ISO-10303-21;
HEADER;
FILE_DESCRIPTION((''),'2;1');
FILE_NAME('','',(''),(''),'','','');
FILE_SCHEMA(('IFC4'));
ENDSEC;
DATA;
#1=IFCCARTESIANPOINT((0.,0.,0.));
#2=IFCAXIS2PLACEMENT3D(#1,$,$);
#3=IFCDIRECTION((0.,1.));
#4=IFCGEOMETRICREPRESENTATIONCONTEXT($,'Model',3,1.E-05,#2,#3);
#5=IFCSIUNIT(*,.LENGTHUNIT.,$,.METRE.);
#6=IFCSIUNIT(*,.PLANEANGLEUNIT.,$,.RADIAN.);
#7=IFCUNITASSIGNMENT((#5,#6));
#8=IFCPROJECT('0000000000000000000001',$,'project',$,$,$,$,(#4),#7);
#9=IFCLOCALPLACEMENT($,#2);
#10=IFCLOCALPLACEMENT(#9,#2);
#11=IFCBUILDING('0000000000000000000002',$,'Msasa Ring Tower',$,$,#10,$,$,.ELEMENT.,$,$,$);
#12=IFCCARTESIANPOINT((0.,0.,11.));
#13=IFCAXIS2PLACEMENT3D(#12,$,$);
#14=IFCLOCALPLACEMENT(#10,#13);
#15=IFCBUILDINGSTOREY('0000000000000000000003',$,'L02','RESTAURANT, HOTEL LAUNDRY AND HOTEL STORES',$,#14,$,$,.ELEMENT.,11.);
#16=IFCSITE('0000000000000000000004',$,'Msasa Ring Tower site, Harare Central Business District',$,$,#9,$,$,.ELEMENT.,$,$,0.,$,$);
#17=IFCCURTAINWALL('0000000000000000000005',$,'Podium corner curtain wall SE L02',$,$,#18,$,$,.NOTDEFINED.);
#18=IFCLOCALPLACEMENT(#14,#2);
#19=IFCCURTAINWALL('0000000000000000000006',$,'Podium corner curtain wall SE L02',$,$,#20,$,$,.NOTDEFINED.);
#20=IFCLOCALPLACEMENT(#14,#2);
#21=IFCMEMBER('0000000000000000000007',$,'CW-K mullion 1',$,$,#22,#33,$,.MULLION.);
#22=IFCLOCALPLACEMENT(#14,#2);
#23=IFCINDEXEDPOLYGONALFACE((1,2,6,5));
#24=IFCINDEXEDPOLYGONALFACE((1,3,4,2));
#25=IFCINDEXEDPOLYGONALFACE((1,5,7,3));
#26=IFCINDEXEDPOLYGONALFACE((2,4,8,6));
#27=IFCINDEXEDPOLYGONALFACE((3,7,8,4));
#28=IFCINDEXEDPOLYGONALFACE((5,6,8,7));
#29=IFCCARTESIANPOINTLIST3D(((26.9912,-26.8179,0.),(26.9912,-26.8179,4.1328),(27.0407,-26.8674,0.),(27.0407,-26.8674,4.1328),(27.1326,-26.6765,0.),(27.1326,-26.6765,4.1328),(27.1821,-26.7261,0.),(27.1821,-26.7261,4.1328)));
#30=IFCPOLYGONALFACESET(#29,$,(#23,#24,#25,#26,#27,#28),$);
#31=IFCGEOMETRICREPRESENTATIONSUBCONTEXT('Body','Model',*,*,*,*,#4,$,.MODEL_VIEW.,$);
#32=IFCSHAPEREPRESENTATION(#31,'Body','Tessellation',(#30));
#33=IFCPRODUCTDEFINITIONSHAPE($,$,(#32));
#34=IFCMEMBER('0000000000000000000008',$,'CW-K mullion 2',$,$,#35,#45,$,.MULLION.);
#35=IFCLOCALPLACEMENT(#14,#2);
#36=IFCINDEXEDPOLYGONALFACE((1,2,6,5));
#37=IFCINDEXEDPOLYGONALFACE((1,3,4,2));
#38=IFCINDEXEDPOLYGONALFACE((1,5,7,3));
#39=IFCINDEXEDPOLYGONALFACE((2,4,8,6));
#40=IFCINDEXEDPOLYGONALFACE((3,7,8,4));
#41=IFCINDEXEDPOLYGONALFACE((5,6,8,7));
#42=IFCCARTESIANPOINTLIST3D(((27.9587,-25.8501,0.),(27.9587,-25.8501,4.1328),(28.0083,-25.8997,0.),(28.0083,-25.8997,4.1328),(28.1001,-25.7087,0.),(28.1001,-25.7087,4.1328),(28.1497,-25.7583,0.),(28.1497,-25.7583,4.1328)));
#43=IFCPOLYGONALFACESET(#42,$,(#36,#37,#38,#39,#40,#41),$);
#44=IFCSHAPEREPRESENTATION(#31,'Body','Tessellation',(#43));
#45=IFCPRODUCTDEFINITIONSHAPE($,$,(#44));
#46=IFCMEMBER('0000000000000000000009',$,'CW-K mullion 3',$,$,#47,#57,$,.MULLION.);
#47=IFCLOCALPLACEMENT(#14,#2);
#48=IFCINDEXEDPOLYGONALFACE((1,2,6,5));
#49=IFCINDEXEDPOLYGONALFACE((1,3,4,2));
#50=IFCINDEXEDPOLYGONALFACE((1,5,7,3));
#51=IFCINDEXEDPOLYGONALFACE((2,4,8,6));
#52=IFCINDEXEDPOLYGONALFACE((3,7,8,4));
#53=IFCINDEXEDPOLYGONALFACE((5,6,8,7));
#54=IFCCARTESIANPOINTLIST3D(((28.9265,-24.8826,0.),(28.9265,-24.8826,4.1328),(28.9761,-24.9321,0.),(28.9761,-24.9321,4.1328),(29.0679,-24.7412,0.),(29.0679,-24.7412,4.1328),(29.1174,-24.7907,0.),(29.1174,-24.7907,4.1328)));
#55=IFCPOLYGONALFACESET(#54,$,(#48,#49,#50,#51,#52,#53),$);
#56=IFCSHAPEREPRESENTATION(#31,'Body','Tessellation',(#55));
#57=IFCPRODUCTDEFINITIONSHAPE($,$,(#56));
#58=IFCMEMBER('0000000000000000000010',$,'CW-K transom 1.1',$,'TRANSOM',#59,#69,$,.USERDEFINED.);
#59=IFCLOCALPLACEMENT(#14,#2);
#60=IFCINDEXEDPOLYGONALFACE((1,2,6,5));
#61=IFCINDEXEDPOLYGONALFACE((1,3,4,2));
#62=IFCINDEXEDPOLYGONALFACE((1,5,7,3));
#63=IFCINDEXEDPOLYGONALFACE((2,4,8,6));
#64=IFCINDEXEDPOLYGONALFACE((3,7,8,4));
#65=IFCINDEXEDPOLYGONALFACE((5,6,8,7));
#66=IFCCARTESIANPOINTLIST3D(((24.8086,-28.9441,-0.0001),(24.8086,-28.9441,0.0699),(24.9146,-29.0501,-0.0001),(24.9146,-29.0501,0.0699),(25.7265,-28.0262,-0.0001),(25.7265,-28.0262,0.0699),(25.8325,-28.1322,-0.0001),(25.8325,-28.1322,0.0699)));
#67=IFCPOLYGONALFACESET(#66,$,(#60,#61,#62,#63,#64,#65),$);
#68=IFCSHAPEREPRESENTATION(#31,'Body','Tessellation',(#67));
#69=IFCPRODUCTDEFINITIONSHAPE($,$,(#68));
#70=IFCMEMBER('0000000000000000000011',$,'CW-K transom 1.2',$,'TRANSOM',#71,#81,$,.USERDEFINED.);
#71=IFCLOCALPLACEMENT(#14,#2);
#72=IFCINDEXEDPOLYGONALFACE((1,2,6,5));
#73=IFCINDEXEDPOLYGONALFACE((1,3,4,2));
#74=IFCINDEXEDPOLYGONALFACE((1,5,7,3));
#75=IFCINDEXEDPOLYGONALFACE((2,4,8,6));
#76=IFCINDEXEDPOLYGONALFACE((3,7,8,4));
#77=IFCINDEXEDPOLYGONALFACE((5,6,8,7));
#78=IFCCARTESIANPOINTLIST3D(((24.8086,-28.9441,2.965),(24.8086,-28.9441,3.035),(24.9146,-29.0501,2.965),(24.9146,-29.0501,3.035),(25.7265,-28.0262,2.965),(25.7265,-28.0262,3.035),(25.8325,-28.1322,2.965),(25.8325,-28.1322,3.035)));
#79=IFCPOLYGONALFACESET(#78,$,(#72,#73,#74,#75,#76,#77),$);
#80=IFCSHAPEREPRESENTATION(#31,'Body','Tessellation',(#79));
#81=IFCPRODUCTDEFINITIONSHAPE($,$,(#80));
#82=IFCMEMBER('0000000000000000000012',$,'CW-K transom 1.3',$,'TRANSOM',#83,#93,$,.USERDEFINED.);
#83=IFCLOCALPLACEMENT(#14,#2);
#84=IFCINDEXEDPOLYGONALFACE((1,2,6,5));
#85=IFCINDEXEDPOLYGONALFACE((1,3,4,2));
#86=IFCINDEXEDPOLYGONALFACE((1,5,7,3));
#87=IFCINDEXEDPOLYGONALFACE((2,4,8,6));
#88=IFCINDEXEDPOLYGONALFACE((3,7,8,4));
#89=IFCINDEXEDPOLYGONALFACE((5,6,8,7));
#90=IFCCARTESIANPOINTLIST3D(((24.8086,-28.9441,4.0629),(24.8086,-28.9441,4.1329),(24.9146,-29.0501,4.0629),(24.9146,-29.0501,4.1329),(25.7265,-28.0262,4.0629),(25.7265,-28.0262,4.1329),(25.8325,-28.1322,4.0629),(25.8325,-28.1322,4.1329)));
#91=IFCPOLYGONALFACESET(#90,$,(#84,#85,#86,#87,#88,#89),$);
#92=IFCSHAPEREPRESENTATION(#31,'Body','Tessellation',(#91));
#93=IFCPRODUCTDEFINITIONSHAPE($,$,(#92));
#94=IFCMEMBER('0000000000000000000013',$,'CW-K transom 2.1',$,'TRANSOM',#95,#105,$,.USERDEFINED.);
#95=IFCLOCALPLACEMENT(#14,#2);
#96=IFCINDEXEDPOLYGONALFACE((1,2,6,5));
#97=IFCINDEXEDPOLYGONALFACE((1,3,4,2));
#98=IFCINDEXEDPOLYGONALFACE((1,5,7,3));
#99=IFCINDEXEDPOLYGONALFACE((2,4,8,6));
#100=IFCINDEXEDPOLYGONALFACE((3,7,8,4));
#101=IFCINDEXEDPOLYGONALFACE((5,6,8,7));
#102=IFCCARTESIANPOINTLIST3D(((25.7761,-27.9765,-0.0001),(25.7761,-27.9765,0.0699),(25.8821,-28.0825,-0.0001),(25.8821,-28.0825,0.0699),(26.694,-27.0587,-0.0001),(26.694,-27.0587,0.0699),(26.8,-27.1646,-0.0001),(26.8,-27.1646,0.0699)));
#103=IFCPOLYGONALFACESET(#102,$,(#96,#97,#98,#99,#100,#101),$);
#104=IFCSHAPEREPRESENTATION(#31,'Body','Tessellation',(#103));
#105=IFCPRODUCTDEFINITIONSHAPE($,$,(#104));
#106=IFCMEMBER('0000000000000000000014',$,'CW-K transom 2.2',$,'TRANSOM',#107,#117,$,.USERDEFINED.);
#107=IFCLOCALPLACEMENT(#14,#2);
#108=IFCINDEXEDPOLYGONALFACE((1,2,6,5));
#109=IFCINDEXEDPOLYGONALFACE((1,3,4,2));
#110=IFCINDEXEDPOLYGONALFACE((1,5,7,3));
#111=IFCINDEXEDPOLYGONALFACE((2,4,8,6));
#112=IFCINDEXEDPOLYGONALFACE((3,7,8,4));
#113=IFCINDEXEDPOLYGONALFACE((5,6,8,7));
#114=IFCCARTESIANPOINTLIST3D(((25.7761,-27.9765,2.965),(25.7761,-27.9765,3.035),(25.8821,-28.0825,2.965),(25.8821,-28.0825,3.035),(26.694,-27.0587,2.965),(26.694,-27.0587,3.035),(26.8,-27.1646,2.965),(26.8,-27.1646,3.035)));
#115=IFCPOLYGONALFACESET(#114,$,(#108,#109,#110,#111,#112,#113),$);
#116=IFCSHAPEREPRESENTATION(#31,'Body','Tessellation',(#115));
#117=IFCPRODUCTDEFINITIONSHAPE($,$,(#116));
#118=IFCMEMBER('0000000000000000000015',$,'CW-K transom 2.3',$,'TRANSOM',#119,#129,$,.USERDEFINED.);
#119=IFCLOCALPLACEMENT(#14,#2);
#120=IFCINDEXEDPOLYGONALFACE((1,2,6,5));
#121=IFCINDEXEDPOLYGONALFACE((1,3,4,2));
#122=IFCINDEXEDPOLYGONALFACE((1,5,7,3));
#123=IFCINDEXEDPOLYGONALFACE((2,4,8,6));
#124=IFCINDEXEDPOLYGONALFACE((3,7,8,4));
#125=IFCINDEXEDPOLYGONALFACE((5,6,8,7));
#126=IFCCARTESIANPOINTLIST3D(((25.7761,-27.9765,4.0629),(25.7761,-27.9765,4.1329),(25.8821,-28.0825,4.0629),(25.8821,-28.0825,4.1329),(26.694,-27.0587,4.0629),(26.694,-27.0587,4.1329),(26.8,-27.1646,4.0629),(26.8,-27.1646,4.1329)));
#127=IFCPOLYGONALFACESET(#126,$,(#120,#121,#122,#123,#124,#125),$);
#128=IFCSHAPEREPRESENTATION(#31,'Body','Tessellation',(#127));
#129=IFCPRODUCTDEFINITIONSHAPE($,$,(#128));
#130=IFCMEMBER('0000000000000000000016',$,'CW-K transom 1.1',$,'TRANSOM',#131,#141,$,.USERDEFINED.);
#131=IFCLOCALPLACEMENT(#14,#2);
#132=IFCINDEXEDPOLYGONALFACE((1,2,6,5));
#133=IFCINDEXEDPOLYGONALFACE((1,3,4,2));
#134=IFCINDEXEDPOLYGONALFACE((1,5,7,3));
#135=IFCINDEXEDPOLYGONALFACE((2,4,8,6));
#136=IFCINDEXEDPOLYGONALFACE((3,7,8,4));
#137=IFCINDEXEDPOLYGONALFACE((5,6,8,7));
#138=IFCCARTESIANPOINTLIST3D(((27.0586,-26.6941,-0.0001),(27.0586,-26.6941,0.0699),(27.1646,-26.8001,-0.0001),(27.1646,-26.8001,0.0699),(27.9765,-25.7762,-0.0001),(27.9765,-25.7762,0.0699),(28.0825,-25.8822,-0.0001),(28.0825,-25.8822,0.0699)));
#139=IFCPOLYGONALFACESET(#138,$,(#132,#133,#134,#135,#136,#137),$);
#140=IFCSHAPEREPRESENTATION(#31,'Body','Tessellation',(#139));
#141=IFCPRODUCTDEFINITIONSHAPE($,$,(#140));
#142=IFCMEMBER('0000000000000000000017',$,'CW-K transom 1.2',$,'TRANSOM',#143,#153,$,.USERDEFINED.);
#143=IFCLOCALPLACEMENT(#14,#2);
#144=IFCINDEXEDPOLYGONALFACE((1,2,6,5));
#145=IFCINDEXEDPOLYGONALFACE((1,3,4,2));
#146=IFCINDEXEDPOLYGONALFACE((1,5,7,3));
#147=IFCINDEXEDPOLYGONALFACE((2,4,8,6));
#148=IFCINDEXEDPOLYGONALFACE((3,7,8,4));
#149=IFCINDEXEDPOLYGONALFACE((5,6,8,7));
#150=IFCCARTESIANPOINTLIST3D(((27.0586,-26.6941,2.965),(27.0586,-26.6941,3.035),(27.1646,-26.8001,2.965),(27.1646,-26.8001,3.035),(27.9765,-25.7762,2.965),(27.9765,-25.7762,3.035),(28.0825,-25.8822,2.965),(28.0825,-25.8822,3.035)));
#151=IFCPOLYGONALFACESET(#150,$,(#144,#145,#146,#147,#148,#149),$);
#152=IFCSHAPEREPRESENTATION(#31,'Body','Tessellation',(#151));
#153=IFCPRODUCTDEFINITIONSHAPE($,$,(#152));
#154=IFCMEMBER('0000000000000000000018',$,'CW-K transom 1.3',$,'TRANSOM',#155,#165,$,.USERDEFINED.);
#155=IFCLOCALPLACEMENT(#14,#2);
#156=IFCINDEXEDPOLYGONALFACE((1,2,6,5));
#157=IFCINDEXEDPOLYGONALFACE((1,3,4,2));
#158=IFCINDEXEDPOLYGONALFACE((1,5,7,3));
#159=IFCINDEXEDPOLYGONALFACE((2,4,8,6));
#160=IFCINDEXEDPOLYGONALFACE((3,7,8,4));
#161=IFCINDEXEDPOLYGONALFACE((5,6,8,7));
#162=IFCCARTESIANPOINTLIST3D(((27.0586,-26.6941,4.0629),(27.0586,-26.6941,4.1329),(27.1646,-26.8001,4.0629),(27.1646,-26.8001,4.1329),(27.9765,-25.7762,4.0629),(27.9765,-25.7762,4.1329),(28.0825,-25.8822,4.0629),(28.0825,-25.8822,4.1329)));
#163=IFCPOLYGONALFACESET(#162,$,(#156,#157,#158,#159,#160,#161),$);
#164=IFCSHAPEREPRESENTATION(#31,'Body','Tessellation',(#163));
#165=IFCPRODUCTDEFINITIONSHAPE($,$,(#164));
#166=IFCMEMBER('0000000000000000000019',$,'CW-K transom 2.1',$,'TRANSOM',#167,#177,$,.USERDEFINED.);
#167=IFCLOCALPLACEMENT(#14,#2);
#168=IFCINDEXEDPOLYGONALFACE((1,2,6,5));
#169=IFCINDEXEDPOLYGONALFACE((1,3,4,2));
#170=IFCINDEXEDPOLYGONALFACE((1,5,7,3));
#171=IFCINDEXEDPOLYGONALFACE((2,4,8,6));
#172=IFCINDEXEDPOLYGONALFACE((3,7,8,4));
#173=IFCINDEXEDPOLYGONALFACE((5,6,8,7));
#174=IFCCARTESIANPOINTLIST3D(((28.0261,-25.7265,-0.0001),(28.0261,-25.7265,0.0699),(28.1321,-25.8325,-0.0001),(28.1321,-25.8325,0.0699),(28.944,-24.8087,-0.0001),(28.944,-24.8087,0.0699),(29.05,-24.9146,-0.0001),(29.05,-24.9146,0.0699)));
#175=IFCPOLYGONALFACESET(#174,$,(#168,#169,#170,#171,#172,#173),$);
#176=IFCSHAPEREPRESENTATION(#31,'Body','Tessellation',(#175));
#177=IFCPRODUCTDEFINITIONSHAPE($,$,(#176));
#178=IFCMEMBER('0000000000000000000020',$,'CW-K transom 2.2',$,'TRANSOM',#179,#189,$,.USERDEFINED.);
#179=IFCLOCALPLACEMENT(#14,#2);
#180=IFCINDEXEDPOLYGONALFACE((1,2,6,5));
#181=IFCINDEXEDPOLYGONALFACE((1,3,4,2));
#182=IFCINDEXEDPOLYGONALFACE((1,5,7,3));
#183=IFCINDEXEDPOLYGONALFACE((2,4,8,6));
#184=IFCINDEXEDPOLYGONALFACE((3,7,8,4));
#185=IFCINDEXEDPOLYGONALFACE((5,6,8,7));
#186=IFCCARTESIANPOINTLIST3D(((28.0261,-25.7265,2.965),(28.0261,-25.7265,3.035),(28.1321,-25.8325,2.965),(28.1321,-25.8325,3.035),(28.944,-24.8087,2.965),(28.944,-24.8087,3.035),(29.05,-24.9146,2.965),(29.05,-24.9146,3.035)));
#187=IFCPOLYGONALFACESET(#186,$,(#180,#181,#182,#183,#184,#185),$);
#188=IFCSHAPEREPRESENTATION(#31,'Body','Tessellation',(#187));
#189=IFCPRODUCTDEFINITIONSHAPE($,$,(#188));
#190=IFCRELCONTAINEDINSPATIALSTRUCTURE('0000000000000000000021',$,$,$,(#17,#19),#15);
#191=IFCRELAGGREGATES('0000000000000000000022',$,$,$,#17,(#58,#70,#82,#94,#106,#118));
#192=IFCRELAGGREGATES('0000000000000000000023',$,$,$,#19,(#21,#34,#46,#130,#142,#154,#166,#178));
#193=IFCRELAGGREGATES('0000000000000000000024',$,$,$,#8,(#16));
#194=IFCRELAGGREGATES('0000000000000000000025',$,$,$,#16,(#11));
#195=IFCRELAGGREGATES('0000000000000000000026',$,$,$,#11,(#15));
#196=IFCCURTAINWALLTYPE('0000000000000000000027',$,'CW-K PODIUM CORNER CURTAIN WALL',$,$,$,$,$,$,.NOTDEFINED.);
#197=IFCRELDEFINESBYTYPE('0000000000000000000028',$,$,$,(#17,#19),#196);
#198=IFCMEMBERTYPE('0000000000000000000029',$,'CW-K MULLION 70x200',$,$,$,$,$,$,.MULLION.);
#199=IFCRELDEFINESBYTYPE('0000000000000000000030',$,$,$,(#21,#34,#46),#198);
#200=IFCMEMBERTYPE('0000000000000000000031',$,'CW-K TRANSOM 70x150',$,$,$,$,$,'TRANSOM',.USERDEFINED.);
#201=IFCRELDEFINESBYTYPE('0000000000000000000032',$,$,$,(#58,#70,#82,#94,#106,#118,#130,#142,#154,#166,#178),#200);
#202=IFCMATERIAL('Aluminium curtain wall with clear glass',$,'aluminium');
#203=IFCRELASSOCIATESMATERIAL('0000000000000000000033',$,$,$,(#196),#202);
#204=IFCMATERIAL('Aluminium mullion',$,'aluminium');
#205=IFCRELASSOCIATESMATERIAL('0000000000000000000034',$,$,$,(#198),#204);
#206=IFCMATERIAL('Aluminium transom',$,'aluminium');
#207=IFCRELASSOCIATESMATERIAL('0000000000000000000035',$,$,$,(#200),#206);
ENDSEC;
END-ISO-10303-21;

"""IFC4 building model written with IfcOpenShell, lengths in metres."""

from ifc_helpers import new_model, si_unit, direction, frame, origin, origin_2d, place, context, subcontext, project, spatial, rectangle, extrude, material, material_profile, profile_set, type_object, element, aggregate, save


model = new_model("IFC4")

# Units and contexts
model_context = context("Model", 3, precision=1e-05, world=origin(), true_north=direction((0.0, 1.0)))
body_context = subcontext(model_context, "Body", "Model", "MODEL_VIEW")
ifc_project = project(units=[si_unit("LENGTHUNIT", "METRE"), si_unit("PLANEANGLEUNIT", "RADIAN")], contexts=[model_context])

# Site, building, storey
site_placement = place(None, origin())
site = spatial("IfcSite", under=ifc_project, at=site_placement, Name="Msasa Ring Tower site, Harare Central Business District", CompositionType="ELEMENT", RefElevation=0.0)
building_placement = place(site_placement, origin())
building = spatial("IfcBuilding", under=site, at=building_placement, Name="Msasa Ring Tower", CompositionType="ELEMENT")
storey_placement = place(building_placement, frame((0.0, 0.0, 11.0)))
storey = spatial("IfcBuildingStorey", under=building, at=storey_placement, Name="L02", Description="RESTAURANT, HOTEL LAUNDRY AND HOTEL STORES", CompositionType="ELEMENT", Elevation=11.0)

# Curtain walls, members
ifc_material_1 = material(Name="Aluminium curtain wall with clear glass", Category="aluminium")
curtain_wall_type = type_object("IfcCurtainWallType", Name="CW-K PODIUM CORNER CURTAIN WALL", PredefinedType="NOTDEFINED", material=ifc_material_1)
curtain_wall_1_placement = place(storey_placement, origin())
curtain_wall_1 = element("IfcCurtainWall", 1, at=curtain_wall_1_placement, inside=storey, type_object=curtain_wall_type, Name="Podium corner curtain wall SE L02", PredefinedType="NOTDEFINED")
ifc_material_2 = material(Name="Aluminium mullion", Category="aluminium")
ifc_material_profile_1 = material_profile(ifc_material_2, rectangle(XDim=0.0701, YDim=0.2, at=origin_2d()), Name="AL 70x200")
ifc_profile_set_1 = profile_set([ifc_material_profile_1], Name="Aluminium mullion")
member_type_1 = type_object("IfcMemberType", Name="CW-K MULLION 70x200", PredefinedType="MULLION", material=ifc_profile_set_1)
curtain_wall_2_placement = place(storey_placement, origin())
curtain_wall_2 = element("IfcCurtainWall", 2, at=curtain_wall_2_placement, inside=storey, type_object=curtain_wall_type, Name="Podium corner curtain wall SE L02", PredefinedType="NOTDEFINED")
member_1_placement = place(storey_placement, frame((27.0867, -26.772, 0.0), z_axis=(0.0, 0.0, 1.0), x_axis=(-0.707107, 0.707107, 0.0)))
member_1 = element("IfcMember", 3, at=member_1_placement, type_object=member_type_1, Name="CW-K mullion 1", PredefinedType="MULLION", context=body_context, shape_type="SweptSolid", body=[
    extrude(rectangle(XDim=0.0701, YDim=0.2, at=origin_2d()), origin(), (0.0, 0.0, 1.0), 4.1328),
])
member_2_placement = place(storey_placement, frame((28.0542, -25.8042, 0.0), z_axis=(0.0, 0.0, 1.0), x_axis=(-0.707107, 0.707107, 0.0)))
member_2 = element("IfcMember", 4, at=member_2_placement, type_object=member_type_1, Name="CW-K mullion 2", PredefinedType="MULLION", context=body_context, shape_type="SweptSolid", body=[
    extrude(rectangle(XDim=0.0701, YDim=0.2, at=origin_2d()), origin(), (0.0, 0.0, 1.0), 4.1328),
])
member_3_placement = place(storey_placement, frame((29.022, -24.8367, 0.0), z_axis=(0.0, 0.0, 1.0), x_axis=(-0.707107, 0.707107, 0.0)))
member_3 = element("IfcMember", 5, at=member_3_placement, type_object=member_type_1, Name="CW-K mullion 3", PredefinedType="MULLION", context=body_context, shape_type="SweptSolid", body=[
    extrude(rectangle(XDim=0.0701, YDim=0.2, at=origin_2d()), origin(), (0.0, 0.0, 1.0), 4.1328),
])

# Members
ifc_material_3 = material(Name="Aluminium transom", Category="aluminium")
ifc_material_profile_2 = material_profile(ifc_material_3, rectangle(XDim=0.1499, YDim=0.0701, at=origin_2d()), Name="AL 70x150")
ifc_profile_set_2 = profile_set([ifc_material_profile_2], Name="Aluminium transom")
member_type_2 = type_object("IfcMemberType", Name="CW-K TRANSOM 70x150", ElementType="TRANSOM", PredefinedType="USERDEFINED", material=ifc_profile_set_2)
member_4_placement = place(storey_placement, frame((24.8616, -28.9971, 0.0349), z_axis=(0.707107, 0.707107, 0.0), x_axis=(-0.707107, 0.707107, 0.0)))
member_4 = element("IfcMember", 6, at=member_4_placement, type_object=member_type_2, Name="CW-K transom 1.1", ObjectType="TRANSOM", PredefinedType="USERDEFINED", context=body_context, shape_type="SweptSolid", body=[
    extrude(rectangle(XDim=0.1499, YDim=0.0701, at=origin_2d()), origin(), (0.0, 0.0, 1.0), 1.2981),
])
member_5_placement = place(storey_placement, frame((24.8616, -28.9971, 3.0), z_axis=(0.707107, 0.707107, 0.0), x_axis=(-0.707107, 0.707107, 0.0)))
member_5 = element("IfcMember", 7, at=member_5_placement, type_object=member_type_2, Name="CW-K transom 1.2", ObjectType="TRANSOM", PredefinedType="USERDEFINED", context=body_context, shape_type="SweptSolid", body=[
    extrude(rectangle(XDim=0.1499, YDim=0.0701, at=origin_2d()), origin(), (0.0, 0.0, 1.0), 1.2981),
])
member_6_placement = place(storey_placement, frame((24.8616, -28.9971, 4.0979), z_axis=(0.707107, 0.707107, 0.0), x_axis=(-0.707107, 0.707107, 0.0)))
member_6 = element("IfcMember", 8, at=member_6_placement, type_object=member_type_2, Name="CW-K transom 1.3", ObjectType="TRANSOM", PredefinedType="USERDEFINED", context=body_context, shape_type="SweptSolid", body=[
    extrude(rectangle(XDim=0.1499, YDim=0.0701, at=origin_2d()), origin(), (0.0, 0.0, 1.0), 1.2981),
])
member_7_placement = place(storey_placement, frame((25.8291, -28.0295, 0.0349), z_axis=(0.707107, 0.707107, 0.0), x_axis=(-0.707107, 0.707107, 0.0)))
member_7 = element("IfcMember", 9, at=member_7_placement, type_object=member_type_2, Name="CW-K transom 2.1", ObjectType="TRANSOM", PredefinedType="USERDEFINED", context=body_context, shape_type="SweptSolid", body=[
    extrude(rectangle(XDim=0.1499, YDim=0.0701, at=origin_2d()), origin(), (0.0, 0.0, 1.0), 1.2981),
])
member_8_placement = place(storey_placement, frame((25.8291, -28.0295, 3.0), z_axis=(0.707107, 0.707107, 0.0), x_axis=(-0.707107, 0.707107, 0.0)))
member_8 = element("IfcMember", 10, at=member_8_placement, type_object=member_type_2, Name="CW-K transom 2.2", ObjectType="TRANSOM", PredefinedType="USERDEFINED", context=body_context, shape_type="SweptSolid", body=[
    extrude(rectangle(XDim=0.1499, YDim=0.0701, at=origin_2d()), origin(), (0.0, 0.0, 1.0), 1.2981),
])
member_9_placement = place(storey_placement, frame((25.8291, -28.0295, 4.0979), z_axis=(0.707107, 0.707107, 0.0), x_axis=(-0.707107, 0.707107, 0.0)))
member_9 = element("IfcMember", 11, at=member_9_placement, type_object=member_type_2, Name="CW-K transom 2.3", ObjectType="TRANSOM", PredefinedType="USERDEFINED", context=body_context, shape_type="SweptSolid", body=[
    extrude(rectangle(XDim=0.1499, YDim=0.0701, at=origin_2d()), origin(), (0.0, 0.0, 1.0), 1.2981),
])
member_10_placement = place(storey_placement, frame((27.1116, -26.7471, 0.0349), z_axis=(0.707107, 0.707107, 0.0), x_axis=(-0.707107, 0.707107, 0.0)))
member_10 = element("IfcMember", 12, at=member_10_placement, type_object=member_type_2, Name="CW-K transom 1.1", ObjectType="TRANSOM", PredefinedType="USERDEFINED", context=body_context, shape_type="SweptSolid", body=[
    extrude(rectangle(XDim=0.1499, YDim=0.0701, at=origin_2d()), origin(), (0.0, 0.0, 1.0), 1.2981),
])
member_11_placement = place(storey_placement, frame((27.1116, -26.7471, 3.0), z_axis=(0.707107, 0.707107, 0.0), x_axis=(-0.707107, 0.707107, 0.0)))
member_11 = element("IfcMember", 13, at=member_11_placement, type_object=member_type_2, Name="CW-K transom 1.2", ObjectType="TRANSOM", PredefinedType="USERDEFINED", context=body_context, shape_type="SweptSolid", body=[
    extrude(rectangle(XDim=0.1499, YDim=0.0701, at=origin_2d()), origin(), (0.0, 0.0, 1.0), 1.2981),
])
member_12_placement = place(storey_placement, frame((27.1116, -26.7471, 4.0979), z_axis=(0.707107, 0.707107, 0.0), x_axis=(-0.707107, 0.707107, 0.0)))
member_12 = element("IfcMember", 14, at=member_12_placement, type_object=member_type_2, Name="CW-K transom 1.3", ObjectType="TRANSOM", PredefinedType="USERDEFINED", context=body_context, shape_type="SweptSolid", body=[
    extrude(rectangle(XDim=0.1499, YDim=0.0701, at=origin_2d()), origin(), (0.0, 0.0, 1.0), 1.2981),
])
member_13_placement = place(storey_placement, frame((28.0791, -25.7795, 0.0349), z_axis=(0.707107, 0.707107, 0.0), x_axis=(-0.707107, 0.707107, 0.0)))
member_13 = element("IfcMember", 15, at=member_13_placement, type_object=member_type_2, Name="CW-K transom 2.1", ObjectType="TRANSOM", PredefinedType="USERDEFINED", context=body_context, shape_type="SweptSolid", body=[
    extrude(rectangle(XDim=0.1499, YDim=0.0701, at=origin_2d()), origin(), (0.0, 0.0, 1.0), 1.2981),
])
member_14_placement = place(storey_placement, frame((28.0791, -25.7795, 3.0), z_axis=(0.707107, 0.707107, 0.0), x_axis=(-0.707107, 0.707107, 0.0)))
member_14 = element("IfcMember", 16, at=member_14_placement, type_object=member_type_2, Name="CW-K transom 2.2", ObjectType="TRANSOM", PredefinedType="USERDEFINED", context=body_context, shape_type="SweptSolid", body=[
    extrude(rectangle(XDim=0.1499, YDim=0.0701, at=origin_2d()), origin(), (0.0, 0.0, 1.0), 1.2981),
])

aggregate(curtain_wall_1, [member_4, member_5, member_6, member_7, member_8, member_9])
aggregate(curtain_wall_2, [member_1, member_2, member_3, member_10, member_11, member_12, member_13, member_14])

save(model, "model.ifc")
